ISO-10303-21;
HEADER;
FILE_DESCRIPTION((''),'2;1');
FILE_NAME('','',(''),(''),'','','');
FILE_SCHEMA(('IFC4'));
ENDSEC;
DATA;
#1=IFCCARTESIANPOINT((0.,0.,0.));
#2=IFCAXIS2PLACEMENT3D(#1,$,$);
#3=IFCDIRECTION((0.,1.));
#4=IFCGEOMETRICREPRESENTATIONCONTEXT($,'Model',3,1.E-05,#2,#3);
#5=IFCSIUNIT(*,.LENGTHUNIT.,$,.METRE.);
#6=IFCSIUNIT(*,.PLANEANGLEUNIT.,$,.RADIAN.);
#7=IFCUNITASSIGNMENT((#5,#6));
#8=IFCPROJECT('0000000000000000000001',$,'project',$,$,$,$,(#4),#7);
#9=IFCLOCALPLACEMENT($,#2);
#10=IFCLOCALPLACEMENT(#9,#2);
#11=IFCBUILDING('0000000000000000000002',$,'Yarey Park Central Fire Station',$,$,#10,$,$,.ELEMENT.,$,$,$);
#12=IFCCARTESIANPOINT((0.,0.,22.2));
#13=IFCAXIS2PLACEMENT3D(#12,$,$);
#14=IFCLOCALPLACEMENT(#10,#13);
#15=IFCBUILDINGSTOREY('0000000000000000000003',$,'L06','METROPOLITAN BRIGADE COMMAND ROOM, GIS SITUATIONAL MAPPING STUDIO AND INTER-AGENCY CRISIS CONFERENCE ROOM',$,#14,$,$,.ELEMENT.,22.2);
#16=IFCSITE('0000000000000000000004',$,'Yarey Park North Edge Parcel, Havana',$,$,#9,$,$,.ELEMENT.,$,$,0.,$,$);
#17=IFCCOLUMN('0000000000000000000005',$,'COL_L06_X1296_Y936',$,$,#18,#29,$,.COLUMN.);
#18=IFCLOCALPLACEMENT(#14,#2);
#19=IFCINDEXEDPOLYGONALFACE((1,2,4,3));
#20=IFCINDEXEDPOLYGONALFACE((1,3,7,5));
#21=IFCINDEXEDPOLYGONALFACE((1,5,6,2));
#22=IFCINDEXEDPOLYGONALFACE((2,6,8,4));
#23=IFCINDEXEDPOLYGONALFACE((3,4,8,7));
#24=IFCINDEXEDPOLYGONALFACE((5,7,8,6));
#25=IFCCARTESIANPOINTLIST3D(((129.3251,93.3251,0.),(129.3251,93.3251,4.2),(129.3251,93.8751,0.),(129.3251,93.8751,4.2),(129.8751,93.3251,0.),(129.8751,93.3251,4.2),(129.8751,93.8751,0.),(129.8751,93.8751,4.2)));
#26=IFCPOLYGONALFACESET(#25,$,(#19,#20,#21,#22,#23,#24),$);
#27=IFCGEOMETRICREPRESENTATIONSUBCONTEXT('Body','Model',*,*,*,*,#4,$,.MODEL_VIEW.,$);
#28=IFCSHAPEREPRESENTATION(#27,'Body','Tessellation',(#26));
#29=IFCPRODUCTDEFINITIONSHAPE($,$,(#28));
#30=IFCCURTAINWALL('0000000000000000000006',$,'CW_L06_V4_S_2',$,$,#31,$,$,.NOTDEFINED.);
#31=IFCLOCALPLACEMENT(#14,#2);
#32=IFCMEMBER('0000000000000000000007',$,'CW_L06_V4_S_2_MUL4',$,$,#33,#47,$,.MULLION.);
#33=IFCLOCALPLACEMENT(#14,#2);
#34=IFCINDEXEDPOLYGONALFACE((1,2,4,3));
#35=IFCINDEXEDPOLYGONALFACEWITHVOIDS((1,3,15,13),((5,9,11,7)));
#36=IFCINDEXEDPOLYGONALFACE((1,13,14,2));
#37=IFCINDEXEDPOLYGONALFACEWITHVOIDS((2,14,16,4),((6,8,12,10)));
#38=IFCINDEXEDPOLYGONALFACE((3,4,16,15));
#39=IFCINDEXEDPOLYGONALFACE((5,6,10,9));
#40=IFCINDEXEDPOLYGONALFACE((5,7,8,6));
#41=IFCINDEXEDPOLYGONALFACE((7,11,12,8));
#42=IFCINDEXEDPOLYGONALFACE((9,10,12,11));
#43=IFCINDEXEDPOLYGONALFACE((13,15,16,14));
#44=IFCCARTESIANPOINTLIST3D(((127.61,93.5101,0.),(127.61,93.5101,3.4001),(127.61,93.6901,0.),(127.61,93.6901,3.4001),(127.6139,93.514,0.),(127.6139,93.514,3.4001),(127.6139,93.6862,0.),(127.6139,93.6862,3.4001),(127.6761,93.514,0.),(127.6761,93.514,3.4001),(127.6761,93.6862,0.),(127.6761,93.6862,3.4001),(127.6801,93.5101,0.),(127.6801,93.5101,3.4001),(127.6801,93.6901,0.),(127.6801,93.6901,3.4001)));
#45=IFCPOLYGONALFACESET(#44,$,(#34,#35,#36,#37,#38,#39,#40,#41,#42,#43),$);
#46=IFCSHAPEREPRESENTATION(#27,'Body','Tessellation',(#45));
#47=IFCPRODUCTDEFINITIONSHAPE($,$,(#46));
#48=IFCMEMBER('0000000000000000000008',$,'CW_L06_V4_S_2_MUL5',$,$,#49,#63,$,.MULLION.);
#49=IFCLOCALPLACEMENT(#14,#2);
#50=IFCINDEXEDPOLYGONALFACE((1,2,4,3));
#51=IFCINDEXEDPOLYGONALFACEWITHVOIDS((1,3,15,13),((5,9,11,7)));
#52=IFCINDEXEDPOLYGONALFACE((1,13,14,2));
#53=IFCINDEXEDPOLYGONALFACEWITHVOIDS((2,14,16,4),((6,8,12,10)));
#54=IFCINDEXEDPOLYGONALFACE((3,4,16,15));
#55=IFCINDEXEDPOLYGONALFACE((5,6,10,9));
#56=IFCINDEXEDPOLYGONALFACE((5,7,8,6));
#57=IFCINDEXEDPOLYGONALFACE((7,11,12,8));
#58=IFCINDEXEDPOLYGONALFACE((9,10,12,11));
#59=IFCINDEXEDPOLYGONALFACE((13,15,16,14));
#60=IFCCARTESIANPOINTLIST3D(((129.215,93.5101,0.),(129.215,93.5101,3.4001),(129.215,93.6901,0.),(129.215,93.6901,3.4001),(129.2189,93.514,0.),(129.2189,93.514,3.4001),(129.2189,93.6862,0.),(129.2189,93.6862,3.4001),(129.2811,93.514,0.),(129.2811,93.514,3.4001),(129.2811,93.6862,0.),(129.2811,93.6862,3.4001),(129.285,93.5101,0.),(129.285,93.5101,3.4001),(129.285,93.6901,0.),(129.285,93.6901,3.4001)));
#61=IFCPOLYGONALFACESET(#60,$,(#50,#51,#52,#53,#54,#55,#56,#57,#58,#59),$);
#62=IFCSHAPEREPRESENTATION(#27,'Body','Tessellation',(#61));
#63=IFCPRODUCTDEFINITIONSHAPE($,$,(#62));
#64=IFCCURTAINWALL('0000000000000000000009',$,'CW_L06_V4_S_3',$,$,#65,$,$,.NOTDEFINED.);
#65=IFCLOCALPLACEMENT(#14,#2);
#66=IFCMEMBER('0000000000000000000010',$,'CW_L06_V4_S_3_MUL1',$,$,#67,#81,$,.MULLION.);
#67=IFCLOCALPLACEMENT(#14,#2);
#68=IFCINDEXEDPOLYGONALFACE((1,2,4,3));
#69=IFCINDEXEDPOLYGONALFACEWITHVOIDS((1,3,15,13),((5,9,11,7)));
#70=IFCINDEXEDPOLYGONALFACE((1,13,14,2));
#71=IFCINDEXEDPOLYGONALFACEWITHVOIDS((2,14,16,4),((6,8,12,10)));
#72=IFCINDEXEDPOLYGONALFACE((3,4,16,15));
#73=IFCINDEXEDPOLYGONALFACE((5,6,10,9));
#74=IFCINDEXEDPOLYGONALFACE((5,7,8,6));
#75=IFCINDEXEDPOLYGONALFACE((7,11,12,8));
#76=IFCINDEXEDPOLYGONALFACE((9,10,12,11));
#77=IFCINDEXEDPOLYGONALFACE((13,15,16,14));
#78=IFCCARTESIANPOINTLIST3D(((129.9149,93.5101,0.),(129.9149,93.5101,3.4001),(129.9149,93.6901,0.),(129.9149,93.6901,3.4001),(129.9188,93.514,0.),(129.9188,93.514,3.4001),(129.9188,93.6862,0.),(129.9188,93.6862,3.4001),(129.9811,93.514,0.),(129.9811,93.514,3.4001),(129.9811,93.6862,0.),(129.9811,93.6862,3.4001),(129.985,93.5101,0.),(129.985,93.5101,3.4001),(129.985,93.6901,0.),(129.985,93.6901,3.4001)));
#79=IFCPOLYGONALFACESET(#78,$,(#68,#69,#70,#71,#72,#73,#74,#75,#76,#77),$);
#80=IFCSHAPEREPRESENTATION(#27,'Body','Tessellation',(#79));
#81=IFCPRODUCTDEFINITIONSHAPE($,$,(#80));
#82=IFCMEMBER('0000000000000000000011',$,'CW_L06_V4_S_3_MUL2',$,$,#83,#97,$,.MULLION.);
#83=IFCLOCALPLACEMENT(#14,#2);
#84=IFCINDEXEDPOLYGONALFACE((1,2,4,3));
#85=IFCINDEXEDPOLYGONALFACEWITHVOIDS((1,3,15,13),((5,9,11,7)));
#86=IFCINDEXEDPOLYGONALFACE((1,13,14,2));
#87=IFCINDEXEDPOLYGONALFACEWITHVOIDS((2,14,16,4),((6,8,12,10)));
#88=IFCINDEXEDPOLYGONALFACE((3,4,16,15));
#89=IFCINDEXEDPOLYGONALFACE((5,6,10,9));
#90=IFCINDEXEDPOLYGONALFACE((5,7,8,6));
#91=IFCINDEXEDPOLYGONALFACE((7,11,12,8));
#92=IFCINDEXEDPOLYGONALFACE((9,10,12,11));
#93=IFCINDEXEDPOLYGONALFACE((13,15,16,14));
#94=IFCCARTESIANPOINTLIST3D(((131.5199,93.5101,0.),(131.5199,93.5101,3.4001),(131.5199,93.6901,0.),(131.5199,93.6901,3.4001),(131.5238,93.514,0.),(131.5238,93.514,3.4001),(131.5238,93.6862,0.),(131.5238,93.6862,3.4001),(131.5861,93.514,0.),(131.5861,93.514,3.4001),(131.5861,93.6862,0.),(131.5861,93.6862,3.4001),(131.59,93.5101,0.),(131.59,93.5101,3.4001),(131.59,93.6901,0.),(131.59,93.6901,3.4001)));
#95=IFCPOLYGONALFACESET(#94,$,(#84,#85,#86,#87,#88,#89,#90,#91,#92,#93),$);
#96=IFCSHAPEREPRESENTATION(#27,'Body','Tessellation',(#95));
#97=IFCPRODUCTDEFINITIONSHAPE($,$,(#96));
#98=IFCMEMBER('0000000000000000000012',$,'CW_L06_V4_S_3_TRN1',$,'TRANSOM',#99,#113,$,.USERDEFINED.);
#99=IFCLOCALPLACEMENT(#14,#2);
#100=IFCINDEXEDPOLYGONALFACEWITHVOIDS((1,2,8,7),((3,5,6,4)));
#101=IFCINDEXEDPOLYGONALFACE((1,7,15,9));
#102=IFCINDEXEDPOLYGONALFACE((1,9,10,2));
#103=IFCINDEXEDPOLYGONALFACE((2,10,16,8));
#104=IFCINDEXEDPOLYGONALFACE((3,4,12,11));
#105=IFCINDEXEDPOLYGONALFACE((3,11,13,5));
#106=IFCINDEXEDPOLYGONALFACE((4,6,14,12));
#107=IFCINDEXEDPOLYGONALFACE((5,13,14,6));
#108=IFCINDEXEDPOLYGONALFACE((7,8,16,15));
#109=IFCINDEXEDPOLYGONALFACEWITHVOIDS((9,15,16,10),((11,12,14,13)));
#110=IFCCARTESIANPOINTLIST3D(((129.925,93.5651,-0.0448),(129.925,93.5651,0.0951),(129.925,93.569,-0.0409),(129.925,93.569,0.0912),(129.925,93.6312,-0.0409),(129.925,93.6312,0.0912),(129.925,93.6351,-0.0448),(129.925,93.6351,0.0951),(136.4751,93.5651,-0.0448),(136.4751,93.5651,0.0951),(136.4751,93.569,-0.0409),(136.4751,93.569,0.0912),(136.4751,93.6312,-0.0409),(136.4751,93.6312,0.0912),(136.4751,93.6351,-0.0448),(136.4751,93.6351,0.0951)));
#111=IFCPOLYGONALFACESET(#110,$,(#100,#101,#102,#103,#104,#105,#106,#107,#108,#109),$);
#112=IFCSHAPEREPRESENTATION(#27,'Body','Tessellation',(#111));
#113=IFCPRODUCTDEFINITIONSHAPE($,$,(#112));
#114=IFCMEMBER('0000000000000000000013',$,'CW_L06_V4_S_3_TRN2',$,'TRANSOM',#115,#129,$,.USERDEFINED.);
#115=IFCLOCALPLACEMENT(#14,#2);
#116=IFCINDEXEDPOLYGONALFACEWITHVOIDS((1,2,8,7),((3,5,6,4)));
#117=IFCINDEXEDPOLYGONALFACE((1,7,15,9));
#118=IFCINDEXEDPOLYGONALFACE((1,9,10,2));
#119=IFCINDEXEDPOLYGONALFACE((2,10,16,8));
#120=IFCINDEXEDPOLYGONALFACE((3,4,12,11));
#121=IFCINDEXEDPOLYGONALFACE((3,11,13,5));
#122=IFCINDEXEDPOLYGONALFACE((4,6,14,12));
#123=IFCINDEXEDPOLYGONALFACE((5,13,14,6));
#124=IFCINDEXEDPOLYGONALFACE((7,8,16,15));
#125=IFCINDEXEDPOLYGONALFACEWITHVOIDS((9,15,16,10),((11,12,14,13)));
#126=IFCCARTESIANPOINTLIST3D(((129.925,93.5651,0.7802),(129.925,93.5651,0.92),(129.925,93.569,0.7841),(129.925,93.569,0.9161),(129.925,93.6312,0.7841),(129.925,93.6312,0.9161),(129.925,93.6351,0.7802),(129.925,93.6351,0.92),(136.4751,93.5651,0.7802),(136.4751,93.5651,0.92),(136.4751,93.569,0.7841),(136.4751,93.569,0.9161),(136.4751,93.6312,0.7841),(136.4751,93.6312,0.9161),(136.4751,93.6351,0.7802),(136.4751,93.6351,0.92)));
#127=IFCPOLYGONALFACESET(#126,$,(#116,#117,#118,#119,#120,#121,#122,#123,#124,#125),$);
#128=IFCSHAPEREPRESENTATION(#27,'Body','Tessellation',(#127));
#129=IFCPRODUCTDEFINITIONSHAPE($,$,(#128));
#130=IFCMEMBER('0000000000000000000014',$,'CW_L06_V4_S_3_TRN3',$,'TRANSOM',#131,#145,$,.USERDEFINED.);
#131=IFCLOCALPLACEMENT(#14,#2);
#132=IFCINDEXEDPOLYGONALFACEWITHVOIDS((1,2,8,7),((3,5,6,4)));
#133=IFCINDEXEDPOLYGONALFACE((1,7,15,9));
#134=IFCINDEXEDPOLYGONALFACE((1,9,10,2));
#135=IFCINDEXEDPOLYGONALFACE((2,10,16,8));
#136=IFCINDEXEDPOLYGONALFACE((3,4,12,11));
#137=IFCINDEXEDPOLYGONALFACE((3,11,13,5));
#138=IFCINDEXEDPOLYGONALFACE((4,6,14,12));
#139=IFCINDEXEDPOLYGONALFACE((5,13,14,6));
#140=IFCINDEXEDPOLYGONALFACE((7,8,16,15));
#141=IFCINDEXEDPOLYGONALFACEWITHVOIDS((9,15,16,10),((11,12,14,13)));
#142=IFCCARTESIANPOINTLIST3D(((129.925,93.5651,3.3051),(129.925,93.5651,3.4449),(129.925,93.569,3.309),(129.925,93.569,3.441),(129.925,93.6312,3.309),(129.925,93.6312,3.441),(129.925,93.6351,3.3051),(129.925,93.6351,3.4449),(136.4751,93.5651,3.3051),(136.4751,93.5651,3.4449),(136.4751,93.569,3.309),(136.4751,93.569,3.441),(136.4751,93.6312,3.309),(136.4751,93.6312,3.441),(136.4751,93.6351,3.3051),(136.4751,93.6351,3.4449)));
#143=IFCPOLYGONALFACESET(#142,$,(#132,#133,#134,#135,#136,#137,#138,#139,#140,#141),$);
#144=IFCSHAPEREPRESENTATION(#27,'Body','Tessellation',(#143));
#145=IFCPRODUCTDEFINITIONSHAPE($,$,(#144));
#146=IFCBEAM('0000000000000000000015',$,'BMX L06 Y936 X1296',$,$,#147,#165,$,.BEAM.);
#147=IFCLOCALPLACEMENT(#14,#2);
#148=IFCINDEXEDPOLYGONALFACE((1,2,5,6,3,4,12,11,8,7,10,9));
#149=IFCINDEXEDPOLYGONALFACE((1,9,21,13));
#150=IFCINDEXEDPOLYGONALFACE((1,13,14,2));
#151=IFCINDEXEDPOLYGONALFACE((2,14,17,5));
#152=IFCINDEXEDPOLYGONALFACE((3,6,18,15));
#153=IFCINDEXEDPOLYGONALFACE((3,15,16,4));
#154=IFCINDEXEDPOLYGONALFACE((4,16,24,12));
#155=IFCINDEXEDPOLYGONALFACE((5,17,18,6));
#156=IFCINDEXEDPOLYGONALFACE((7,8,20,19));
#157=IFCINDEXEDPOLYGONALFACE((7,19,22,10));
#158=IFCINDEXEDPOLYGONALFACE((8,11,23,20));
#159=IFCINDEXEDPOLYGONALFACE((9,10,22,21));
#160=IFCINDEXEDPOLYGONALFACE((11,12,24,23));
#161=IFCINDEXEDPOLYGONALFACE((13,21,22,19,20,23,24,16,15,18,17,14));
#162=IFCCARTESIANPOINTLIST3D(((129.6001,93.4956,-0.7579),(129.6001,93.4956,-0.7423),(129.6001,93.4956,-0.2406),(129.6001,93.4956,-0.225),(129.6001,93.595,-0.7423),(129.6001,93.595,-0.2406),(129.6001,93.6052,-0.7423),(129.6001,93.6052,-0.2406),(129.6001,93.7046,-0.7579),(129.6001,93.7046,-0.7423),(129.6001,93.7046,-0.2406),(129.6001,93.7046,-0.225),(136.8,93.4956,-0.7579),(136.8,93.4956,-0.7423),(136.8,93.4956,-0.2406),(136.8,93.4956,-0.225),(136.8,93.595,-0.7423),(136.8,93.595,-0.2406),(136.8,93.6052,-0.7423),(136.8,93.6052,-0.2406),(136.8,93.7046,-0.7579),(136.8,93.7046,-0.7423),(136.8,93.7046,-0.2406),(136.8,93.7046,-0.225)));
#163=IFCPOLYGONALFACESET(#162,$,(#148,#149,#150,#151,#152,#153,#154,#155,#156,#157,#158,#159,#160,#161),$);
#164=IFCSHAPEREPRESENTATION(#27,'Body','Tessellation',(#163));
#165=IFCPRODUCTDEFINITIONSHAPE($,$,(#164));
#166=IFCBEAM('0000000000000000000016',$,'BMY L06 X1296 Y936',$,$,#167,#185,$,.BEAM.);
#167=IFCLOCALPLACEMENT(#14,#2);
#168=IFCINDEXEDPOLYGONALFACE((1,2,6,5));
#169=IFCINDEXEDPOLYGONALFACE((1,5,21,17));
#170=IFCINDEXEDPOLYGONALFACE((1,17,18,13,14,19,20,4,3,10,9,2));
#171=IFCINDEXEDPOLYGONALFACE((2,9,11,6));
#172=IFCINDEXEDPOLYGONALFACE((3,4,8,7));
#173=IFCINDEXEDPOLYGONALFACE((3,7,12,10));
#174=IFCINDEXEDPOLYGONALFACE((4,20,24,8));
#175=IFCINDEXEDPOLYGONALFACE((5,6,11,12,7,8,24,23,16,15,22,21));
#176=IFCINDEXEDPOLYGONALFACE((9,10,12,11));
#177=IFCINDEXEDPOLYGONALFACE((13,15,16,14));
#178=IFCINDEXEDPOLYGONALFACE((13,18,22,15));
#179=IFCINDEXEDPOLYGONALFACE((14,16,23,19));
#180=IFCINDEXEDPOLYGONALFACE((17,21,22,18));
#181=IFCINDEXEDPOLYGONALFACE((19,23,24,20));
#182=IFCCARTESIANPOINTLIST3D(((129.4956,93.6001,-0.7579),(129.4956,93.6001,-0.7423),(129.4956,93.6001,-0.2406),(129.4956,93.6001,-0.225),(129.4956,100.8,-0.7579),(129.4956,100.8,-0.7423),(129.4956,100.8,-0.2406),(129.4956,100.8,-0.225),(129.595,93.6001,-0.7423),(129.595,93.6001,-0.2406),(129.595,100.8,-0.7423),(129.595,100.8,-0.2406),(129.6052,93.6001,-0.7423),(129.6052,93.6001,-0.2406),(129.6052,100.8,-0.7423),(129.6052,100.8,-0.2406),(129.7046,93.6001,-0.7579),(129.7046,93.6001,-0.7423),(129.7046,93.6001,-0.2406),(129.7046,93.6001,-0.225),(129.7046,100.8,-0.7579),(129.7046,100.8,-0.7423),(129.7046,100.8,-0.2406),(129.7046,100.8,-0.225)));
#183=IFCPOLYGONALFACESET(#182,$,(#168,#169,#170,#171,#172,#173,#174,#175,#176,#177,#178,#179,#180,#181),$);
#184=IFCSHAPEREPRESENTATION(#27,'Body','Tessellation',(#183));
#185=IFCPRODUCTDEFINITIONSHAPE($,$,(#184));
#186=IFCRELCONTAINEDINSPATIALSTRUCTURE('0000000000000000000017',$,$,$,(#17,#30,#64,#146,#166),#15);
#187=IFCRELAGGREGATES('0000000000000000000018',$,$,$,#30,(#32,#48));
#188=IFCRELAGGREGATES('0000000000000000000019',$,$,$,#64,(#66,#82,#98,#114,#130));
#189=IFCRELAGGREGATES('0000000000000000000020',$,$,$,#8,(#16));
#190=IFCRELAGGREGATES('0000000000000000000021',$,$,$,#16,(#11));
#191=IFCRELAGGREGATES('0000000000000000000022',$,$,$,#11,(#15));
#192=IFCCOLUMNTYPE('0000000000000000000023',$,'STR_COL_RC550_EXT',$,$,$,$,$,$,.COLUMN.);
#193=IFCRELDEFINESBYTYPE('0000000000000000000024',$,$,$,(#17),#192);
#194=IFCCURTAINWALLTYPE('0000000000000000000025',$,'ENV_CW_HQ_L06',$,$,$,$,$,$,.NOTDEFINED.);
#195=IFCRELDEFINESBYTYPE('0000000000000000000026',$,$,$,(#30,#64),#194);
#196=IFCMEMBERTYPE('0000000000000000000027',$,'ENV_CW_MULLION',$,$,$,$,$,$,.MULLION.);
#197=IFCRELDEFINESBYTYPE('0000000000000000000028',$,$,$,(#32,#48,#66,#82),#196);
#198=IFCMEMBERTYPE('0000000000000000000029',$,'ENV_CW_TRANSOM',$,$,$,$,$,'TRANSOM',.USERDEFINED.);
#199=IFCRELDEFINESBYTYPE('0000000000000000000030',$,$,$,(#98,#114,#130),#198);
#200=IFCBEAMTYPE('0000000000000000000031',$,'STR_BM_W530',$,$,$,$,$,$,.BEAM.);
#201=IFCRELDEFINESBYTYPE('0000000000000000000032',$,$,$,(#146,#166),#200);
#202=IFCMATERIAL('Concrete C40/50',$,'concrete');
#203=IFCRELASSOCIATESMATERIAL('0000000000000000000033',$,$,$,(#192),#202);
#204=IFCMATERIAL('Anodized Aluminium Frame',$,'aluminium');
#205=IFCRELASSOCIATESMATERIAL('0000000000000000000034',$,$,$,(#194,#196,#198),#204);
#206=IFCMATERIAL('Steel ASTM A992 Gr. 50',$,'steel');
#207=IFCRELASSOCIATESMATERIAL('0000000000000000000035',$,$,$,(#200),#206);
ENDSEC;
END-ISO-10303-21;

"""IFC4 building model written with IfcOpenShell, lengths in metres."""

from ifc_helpers import new_model, si_unit, direction, frame, origin, origin_2d, place, context, subcontext, project, spatial, rectangle, hollow_rectangle, i_section, extrude, material, material_profile, profile_set, type_object, element, aggregate, save


model = new_model("IFC4")

# Units and contexts
model_context = context("Model", 3, precision=1e-05, world=origin(), true_north=direction((0.0, 1.0)))
body_context = subcontext(model_context, "Body", "Model", "MODEL_VIEW")
ifc_project = project(units=[si_unit("LENGTHUNIT", "METRE"), si_unit("PLANEANGLEUNIT", "RADIAN")], contexts=[model_context])

# Site, building, storey
site_placement = place(None, origin())
site = spatial("IfcSite", under=ifc_project, at=site_placement, Name="Yarey Park North Edge Parcel, Havana", CompositionType="ELEMENT", RefElevation=0.0)
building_placement = place(site_placement, origin())
building = spatial("IfcBuilding", under=site, at=building_placement, Name="Yarey Park Central Fire Station", CompositionType="ELEMENT")
storey_placement = place(building_placement, frame((0.0, 0.0, 22.2)))
storey = spatial("IfcBuildingStorey", under=building, at=storey_placement, Name="L06", Description="METROPOLITAN BRIGADE COMMAND ROOM, GIS SITUATIONAL MAPPING STUDIO AND INTER-AGENCY CRISIS CONFERENCE ROOM", CompositionType="ELEMENT", Elevation=22.2)

# Column
ifc_material_1 = material(Name="Concrete C40/50", Category="concrete")
ifc_material_profile_1 = material_profile(ifc_material_1, rectangle(XDim=0.55, YDim=0.55, at=origin_2d()), Name="RC 550x550")
ifc_profile_set_1 = profile_set([ifc_material_profile_1], Name="Concrete C40/50")
column_type = type_object("IfcColumnType", Name="STR_COL_RC550_EXT", PredefinedType="COLUMN", material=ifc_profile_set_1)
column_placement = place(storey_placement, frame((129.6001, 93.6001, 0.0), z_axis=(0.0, 0.0, 1.0), x_axis=(1.0, 0.0, 0.0)))
element("IfcColumn", 1, at=column_placement, inside=storey, type_object=column_type, Name="COL_L06_X1296_Y936", PredefinedType="COLUMN", context=body_context, shape_type="SweptSolid", body=[
    extrude(rectangle(XDim=0.55, YDim=0.55, at=origin_2d()), origin(), (0.0, 0.0, 1.0), 4.2),
])

# Curtain walls, members
ifc_material_2 = material(Name="Anodized Aluminium Frame", Category="aluminium")
curtain_wall_type = type_object("IfcCurtainWallType", Name="ENV_CW_HQ_L06", PredefinedType="NOTDEFINED", material=ifc_material_2)
curtain_wall_1_placement = place(storey_placement, origin())
curtain_wall_1 = element("IfcCurtainWall", 2, at=curtain_wall_1_placement, inside=storey, type_object=curtain_wall_type, Name="CW_L06_V4_S_2", PredefinedType="NOTDEFINED")
ifc_material_profile_2 = material_profile(ifc_material_2, hollow_rectangle(XDim=0.0701, YDim=0.1799, WallThickness=0.0039, at=origin_2d()), Name="ALU 180x70x4")
ifc_profile_set_2 = profile_set([ifc_material_profile_2], Name="Anodized Aluminium Frame")
member_type_1 = type_object("IfcMemberType", Name="ENV_CW_MULLION", PredefinedType="MULLION", material=ifc_profile_set_2)
member_1_placement = place(storey_placement, frame((127.645, 93.6001, 0.0), z_axis=(0.0, 0.0, 1.0), x_axis=(1.0, 0.0, 0.0)))
member_1 = element("IfcMember", 3, at=member_1_placement, type_object=member_type_1, Name="CW_L06_V4_S_2_MUL4", PredefinedType="MULLION", context=body_context, shape_type="SweptSolid", body=[
    extrude(hollow_rectangle(XDim=0.0701, YDim=0.1799, WallThickness=0.0039, at=origin_2d()), origin(), (0.0, 0.0, 1.0), 3.4001),
])
member_2_placement = place(storey_placement, frame((129.25, 93.6001, 0.0), z_axis=(0.0, 0.0, 1.0), x_axis=(1.0, 0.0, 0.0)))
member_2 = element("IfcMember", 4, at=member_2_placement, type_object=member_type_1, Name="CW_L06_V4_S_2_MUL5", PredefinedType="MULLION", context=body_context, shape_type="SweptSolid", body=[
    extrude(hollow_rectangle(XDim=0.0701, YDim=0.1799, WallThickness=0.0039, at=origin_2d()), origin(), (0.0, 0.0, 1.0), 3.4001),
])
curtain_wall_2_placement = place(storey_placement, origin())
curtain_wall_2 = element("IfcCurtainWall", 5, at=curtain_wall_2_placement, inside=storey, type_object=curtain_wall_type, Name="CW_L06_V4_S_3", PredefinedType="NOTDEFINED")
member_3_placement = place(storey_placement, frame((129.95, 93.6001, 0.0), z_axis=(0.0, 0.0, 1.0), x_axis=(1.0, 0.0, 0.0)))
member_3 = element("IfcMember", 6, at=member_3_placement, type_object=member_type_1, Name="CW_L06_V4_S_3_MUL1", PredefinedType="MULLION", context=body_context, shape_type="SweptSolid", body=[
    extrude(hollow_rectangle(XDim=0.0701, YDim=0.1799, WallThickness=0.0039, at=origin_2d()), origin(), (0.0, 0.0, 1.0), 3.4001),
])
member_4_placement = place(storey_placement, frame((131.5549, 93.6001, 0.0), z_axis=(0.0, 0.0, 1.0), x_axis=(1.0, 0.0, 0.0)))
member_4 = element("IfcMember", 7, at=member_4_placement, type_object=member_type_1, Name="CW_L06_V4_S_3_MUL2", PredefinedType="MULLION", context=body_context, shape_type="SweptSolid", body=[
    extrude(hollow_rectangle(XDim=0.0701, YDim=0.1799, WallThickness=0.0039, at=origin_2d()), origin(), (0.0, 0.0, 1.0), 3.4001),
])
ifc_material_profile_3 = material_profile(ifc_material_2, hollow_rectangle(XDim=0.0701, YDim=0.1399, WallThickness=0.0039, at=origin_2d()), Name="ALU 140x70x4")
ifc_profile_set_3 = profile_set([ifc_material_profile_3], Name="Anodized Aluminium Frame")
member_type_2 = type_object("IfcMemberType", Name="ENV_CW_TRANSOM", ElementType="TRANSOM", PredefinedType="USERDEFINED", material=ifc_profile_set_3)
member_5_placement = place(storey_placement, frame((129.925, 93.6001, 0.0251), z_axis=(1.0, 0.0, 0.0), x_axis=(0.0, 1.0, 0.0)))
member_5 = element("IfcMember", 8, at=member_5_placement, type_object=member_type_2, Name="CW_L06_V4_S_3_TRN1", ObjectType="TRANSOM", PredefinedType="USERDEFINED", context=body_context, shape_type="SweptSolid", body=[
    extrude(hollow_rectangle(XDim=0.0701, YDim=0.1399, WallThickness=0.0039, at=origin_2d()), origin(), (0.0, 0.0, 1.0), 6.55),
])
member_6_placement = place(storey_placement, frame((129.925, 93.6001, 0.8501), z_axis=(1.0, 0.0, 0.0), x_axis=(0.0, 1.0, 0.0)))
member_6 = element("IfcMember", 9, at=member_6_placement, type_object=member_type_2, Name="CW_L06_V4_S_3_TRN2", ObjectType="TRANSOM", PredefinedType="USERDEFINED", context=body_context, shape_type="SweptSolid", body=[
    extrude(hollow_rectangle(XDim=0.0701, YDim=0.1399, WallThickness=0.0039, at=origin_2d()), origin(), (0.0, 0.0, 1.0), 6.55),
])
member_7_placement = place(storey_placement, frame((129.925, 93.6001, 3.375), z_axis=(1.0, 0.0, 0.0), x_axis=(0.0, 1.0, 0.0)))
member_7 = element("IfcMember", 10, at=member_7_placement, type_object=member_type_2, Name="CW_L06_V4_S_3_TRN3", ObjectType="TRANSOM", PredefinedType="USERDEFINED", context=body_context, shape_type="SweptSolid", body=[
    extrude(hollow_rectangle(XDim=0.0701, YDim=0.1399, WallThickness=0.0039, at=origin_2d()), origin(), (0.0, 0.0, 1.0), 6.55),
])

# Beams
ifc_material_3 = material(Name="Steel ASTM A992 Gr. 50", Category="steel")
ifc_material_profile_4 = material_profile(ifc_material_3, i_section(OverallWidth=0.209, OverallDepth=0.533, WebThickness=0.0103, FlangeThickness=0.0156, at=origin_2d()), Name="W530x92")
ifc_profile_set_4 = profile_set([ifc_material_profile_4], Name="Steel ASTM A992 Gr. 50")
beam_type_1 = type_object("IfcBeamType", Name="STR_BM_W530", PredefinedType="BEAM", material=ifc_profile_set_4)
for number, where, z_axis, x_axis, name in (
    (11, (129.6001, 93.6001, -0.4915), (1.0, 0.0, 0.0), (0.0, 1.0, 0.0), "BMX L06 Y936 X1296"),
    (12, (129.6001, 93.6001, -0.4915), (0.0, 1.0, 0.0), (-1.0, 0.0, 0.0), "BMY L06 X1296 Y936"),
):
    element("IfcBeam", number, at=place(storey_placement, frame(where, z_axis=z_axis, x_axis=x_axis)), inside=storey, type_object=beam_type_1, Name=name, PredefinedType="BEAM", context=body_context, shape_type="SweptSolid", body=[
        extrude(i_section(OverallWidth=0.209, OverallDepth=0.533, WebThickness=0.0103, FlangeThickness=0.0156, at=origin_2d()), origin(), (0.0, 0.0, 1.0), 7.2),
    ])

aggregate(curtain_wall_1, [member_1, member_2])
aggregate(curtain_wall_2, [member_3, member_4, member_5, member_6, member_7])

save(model, "model.ifc")
